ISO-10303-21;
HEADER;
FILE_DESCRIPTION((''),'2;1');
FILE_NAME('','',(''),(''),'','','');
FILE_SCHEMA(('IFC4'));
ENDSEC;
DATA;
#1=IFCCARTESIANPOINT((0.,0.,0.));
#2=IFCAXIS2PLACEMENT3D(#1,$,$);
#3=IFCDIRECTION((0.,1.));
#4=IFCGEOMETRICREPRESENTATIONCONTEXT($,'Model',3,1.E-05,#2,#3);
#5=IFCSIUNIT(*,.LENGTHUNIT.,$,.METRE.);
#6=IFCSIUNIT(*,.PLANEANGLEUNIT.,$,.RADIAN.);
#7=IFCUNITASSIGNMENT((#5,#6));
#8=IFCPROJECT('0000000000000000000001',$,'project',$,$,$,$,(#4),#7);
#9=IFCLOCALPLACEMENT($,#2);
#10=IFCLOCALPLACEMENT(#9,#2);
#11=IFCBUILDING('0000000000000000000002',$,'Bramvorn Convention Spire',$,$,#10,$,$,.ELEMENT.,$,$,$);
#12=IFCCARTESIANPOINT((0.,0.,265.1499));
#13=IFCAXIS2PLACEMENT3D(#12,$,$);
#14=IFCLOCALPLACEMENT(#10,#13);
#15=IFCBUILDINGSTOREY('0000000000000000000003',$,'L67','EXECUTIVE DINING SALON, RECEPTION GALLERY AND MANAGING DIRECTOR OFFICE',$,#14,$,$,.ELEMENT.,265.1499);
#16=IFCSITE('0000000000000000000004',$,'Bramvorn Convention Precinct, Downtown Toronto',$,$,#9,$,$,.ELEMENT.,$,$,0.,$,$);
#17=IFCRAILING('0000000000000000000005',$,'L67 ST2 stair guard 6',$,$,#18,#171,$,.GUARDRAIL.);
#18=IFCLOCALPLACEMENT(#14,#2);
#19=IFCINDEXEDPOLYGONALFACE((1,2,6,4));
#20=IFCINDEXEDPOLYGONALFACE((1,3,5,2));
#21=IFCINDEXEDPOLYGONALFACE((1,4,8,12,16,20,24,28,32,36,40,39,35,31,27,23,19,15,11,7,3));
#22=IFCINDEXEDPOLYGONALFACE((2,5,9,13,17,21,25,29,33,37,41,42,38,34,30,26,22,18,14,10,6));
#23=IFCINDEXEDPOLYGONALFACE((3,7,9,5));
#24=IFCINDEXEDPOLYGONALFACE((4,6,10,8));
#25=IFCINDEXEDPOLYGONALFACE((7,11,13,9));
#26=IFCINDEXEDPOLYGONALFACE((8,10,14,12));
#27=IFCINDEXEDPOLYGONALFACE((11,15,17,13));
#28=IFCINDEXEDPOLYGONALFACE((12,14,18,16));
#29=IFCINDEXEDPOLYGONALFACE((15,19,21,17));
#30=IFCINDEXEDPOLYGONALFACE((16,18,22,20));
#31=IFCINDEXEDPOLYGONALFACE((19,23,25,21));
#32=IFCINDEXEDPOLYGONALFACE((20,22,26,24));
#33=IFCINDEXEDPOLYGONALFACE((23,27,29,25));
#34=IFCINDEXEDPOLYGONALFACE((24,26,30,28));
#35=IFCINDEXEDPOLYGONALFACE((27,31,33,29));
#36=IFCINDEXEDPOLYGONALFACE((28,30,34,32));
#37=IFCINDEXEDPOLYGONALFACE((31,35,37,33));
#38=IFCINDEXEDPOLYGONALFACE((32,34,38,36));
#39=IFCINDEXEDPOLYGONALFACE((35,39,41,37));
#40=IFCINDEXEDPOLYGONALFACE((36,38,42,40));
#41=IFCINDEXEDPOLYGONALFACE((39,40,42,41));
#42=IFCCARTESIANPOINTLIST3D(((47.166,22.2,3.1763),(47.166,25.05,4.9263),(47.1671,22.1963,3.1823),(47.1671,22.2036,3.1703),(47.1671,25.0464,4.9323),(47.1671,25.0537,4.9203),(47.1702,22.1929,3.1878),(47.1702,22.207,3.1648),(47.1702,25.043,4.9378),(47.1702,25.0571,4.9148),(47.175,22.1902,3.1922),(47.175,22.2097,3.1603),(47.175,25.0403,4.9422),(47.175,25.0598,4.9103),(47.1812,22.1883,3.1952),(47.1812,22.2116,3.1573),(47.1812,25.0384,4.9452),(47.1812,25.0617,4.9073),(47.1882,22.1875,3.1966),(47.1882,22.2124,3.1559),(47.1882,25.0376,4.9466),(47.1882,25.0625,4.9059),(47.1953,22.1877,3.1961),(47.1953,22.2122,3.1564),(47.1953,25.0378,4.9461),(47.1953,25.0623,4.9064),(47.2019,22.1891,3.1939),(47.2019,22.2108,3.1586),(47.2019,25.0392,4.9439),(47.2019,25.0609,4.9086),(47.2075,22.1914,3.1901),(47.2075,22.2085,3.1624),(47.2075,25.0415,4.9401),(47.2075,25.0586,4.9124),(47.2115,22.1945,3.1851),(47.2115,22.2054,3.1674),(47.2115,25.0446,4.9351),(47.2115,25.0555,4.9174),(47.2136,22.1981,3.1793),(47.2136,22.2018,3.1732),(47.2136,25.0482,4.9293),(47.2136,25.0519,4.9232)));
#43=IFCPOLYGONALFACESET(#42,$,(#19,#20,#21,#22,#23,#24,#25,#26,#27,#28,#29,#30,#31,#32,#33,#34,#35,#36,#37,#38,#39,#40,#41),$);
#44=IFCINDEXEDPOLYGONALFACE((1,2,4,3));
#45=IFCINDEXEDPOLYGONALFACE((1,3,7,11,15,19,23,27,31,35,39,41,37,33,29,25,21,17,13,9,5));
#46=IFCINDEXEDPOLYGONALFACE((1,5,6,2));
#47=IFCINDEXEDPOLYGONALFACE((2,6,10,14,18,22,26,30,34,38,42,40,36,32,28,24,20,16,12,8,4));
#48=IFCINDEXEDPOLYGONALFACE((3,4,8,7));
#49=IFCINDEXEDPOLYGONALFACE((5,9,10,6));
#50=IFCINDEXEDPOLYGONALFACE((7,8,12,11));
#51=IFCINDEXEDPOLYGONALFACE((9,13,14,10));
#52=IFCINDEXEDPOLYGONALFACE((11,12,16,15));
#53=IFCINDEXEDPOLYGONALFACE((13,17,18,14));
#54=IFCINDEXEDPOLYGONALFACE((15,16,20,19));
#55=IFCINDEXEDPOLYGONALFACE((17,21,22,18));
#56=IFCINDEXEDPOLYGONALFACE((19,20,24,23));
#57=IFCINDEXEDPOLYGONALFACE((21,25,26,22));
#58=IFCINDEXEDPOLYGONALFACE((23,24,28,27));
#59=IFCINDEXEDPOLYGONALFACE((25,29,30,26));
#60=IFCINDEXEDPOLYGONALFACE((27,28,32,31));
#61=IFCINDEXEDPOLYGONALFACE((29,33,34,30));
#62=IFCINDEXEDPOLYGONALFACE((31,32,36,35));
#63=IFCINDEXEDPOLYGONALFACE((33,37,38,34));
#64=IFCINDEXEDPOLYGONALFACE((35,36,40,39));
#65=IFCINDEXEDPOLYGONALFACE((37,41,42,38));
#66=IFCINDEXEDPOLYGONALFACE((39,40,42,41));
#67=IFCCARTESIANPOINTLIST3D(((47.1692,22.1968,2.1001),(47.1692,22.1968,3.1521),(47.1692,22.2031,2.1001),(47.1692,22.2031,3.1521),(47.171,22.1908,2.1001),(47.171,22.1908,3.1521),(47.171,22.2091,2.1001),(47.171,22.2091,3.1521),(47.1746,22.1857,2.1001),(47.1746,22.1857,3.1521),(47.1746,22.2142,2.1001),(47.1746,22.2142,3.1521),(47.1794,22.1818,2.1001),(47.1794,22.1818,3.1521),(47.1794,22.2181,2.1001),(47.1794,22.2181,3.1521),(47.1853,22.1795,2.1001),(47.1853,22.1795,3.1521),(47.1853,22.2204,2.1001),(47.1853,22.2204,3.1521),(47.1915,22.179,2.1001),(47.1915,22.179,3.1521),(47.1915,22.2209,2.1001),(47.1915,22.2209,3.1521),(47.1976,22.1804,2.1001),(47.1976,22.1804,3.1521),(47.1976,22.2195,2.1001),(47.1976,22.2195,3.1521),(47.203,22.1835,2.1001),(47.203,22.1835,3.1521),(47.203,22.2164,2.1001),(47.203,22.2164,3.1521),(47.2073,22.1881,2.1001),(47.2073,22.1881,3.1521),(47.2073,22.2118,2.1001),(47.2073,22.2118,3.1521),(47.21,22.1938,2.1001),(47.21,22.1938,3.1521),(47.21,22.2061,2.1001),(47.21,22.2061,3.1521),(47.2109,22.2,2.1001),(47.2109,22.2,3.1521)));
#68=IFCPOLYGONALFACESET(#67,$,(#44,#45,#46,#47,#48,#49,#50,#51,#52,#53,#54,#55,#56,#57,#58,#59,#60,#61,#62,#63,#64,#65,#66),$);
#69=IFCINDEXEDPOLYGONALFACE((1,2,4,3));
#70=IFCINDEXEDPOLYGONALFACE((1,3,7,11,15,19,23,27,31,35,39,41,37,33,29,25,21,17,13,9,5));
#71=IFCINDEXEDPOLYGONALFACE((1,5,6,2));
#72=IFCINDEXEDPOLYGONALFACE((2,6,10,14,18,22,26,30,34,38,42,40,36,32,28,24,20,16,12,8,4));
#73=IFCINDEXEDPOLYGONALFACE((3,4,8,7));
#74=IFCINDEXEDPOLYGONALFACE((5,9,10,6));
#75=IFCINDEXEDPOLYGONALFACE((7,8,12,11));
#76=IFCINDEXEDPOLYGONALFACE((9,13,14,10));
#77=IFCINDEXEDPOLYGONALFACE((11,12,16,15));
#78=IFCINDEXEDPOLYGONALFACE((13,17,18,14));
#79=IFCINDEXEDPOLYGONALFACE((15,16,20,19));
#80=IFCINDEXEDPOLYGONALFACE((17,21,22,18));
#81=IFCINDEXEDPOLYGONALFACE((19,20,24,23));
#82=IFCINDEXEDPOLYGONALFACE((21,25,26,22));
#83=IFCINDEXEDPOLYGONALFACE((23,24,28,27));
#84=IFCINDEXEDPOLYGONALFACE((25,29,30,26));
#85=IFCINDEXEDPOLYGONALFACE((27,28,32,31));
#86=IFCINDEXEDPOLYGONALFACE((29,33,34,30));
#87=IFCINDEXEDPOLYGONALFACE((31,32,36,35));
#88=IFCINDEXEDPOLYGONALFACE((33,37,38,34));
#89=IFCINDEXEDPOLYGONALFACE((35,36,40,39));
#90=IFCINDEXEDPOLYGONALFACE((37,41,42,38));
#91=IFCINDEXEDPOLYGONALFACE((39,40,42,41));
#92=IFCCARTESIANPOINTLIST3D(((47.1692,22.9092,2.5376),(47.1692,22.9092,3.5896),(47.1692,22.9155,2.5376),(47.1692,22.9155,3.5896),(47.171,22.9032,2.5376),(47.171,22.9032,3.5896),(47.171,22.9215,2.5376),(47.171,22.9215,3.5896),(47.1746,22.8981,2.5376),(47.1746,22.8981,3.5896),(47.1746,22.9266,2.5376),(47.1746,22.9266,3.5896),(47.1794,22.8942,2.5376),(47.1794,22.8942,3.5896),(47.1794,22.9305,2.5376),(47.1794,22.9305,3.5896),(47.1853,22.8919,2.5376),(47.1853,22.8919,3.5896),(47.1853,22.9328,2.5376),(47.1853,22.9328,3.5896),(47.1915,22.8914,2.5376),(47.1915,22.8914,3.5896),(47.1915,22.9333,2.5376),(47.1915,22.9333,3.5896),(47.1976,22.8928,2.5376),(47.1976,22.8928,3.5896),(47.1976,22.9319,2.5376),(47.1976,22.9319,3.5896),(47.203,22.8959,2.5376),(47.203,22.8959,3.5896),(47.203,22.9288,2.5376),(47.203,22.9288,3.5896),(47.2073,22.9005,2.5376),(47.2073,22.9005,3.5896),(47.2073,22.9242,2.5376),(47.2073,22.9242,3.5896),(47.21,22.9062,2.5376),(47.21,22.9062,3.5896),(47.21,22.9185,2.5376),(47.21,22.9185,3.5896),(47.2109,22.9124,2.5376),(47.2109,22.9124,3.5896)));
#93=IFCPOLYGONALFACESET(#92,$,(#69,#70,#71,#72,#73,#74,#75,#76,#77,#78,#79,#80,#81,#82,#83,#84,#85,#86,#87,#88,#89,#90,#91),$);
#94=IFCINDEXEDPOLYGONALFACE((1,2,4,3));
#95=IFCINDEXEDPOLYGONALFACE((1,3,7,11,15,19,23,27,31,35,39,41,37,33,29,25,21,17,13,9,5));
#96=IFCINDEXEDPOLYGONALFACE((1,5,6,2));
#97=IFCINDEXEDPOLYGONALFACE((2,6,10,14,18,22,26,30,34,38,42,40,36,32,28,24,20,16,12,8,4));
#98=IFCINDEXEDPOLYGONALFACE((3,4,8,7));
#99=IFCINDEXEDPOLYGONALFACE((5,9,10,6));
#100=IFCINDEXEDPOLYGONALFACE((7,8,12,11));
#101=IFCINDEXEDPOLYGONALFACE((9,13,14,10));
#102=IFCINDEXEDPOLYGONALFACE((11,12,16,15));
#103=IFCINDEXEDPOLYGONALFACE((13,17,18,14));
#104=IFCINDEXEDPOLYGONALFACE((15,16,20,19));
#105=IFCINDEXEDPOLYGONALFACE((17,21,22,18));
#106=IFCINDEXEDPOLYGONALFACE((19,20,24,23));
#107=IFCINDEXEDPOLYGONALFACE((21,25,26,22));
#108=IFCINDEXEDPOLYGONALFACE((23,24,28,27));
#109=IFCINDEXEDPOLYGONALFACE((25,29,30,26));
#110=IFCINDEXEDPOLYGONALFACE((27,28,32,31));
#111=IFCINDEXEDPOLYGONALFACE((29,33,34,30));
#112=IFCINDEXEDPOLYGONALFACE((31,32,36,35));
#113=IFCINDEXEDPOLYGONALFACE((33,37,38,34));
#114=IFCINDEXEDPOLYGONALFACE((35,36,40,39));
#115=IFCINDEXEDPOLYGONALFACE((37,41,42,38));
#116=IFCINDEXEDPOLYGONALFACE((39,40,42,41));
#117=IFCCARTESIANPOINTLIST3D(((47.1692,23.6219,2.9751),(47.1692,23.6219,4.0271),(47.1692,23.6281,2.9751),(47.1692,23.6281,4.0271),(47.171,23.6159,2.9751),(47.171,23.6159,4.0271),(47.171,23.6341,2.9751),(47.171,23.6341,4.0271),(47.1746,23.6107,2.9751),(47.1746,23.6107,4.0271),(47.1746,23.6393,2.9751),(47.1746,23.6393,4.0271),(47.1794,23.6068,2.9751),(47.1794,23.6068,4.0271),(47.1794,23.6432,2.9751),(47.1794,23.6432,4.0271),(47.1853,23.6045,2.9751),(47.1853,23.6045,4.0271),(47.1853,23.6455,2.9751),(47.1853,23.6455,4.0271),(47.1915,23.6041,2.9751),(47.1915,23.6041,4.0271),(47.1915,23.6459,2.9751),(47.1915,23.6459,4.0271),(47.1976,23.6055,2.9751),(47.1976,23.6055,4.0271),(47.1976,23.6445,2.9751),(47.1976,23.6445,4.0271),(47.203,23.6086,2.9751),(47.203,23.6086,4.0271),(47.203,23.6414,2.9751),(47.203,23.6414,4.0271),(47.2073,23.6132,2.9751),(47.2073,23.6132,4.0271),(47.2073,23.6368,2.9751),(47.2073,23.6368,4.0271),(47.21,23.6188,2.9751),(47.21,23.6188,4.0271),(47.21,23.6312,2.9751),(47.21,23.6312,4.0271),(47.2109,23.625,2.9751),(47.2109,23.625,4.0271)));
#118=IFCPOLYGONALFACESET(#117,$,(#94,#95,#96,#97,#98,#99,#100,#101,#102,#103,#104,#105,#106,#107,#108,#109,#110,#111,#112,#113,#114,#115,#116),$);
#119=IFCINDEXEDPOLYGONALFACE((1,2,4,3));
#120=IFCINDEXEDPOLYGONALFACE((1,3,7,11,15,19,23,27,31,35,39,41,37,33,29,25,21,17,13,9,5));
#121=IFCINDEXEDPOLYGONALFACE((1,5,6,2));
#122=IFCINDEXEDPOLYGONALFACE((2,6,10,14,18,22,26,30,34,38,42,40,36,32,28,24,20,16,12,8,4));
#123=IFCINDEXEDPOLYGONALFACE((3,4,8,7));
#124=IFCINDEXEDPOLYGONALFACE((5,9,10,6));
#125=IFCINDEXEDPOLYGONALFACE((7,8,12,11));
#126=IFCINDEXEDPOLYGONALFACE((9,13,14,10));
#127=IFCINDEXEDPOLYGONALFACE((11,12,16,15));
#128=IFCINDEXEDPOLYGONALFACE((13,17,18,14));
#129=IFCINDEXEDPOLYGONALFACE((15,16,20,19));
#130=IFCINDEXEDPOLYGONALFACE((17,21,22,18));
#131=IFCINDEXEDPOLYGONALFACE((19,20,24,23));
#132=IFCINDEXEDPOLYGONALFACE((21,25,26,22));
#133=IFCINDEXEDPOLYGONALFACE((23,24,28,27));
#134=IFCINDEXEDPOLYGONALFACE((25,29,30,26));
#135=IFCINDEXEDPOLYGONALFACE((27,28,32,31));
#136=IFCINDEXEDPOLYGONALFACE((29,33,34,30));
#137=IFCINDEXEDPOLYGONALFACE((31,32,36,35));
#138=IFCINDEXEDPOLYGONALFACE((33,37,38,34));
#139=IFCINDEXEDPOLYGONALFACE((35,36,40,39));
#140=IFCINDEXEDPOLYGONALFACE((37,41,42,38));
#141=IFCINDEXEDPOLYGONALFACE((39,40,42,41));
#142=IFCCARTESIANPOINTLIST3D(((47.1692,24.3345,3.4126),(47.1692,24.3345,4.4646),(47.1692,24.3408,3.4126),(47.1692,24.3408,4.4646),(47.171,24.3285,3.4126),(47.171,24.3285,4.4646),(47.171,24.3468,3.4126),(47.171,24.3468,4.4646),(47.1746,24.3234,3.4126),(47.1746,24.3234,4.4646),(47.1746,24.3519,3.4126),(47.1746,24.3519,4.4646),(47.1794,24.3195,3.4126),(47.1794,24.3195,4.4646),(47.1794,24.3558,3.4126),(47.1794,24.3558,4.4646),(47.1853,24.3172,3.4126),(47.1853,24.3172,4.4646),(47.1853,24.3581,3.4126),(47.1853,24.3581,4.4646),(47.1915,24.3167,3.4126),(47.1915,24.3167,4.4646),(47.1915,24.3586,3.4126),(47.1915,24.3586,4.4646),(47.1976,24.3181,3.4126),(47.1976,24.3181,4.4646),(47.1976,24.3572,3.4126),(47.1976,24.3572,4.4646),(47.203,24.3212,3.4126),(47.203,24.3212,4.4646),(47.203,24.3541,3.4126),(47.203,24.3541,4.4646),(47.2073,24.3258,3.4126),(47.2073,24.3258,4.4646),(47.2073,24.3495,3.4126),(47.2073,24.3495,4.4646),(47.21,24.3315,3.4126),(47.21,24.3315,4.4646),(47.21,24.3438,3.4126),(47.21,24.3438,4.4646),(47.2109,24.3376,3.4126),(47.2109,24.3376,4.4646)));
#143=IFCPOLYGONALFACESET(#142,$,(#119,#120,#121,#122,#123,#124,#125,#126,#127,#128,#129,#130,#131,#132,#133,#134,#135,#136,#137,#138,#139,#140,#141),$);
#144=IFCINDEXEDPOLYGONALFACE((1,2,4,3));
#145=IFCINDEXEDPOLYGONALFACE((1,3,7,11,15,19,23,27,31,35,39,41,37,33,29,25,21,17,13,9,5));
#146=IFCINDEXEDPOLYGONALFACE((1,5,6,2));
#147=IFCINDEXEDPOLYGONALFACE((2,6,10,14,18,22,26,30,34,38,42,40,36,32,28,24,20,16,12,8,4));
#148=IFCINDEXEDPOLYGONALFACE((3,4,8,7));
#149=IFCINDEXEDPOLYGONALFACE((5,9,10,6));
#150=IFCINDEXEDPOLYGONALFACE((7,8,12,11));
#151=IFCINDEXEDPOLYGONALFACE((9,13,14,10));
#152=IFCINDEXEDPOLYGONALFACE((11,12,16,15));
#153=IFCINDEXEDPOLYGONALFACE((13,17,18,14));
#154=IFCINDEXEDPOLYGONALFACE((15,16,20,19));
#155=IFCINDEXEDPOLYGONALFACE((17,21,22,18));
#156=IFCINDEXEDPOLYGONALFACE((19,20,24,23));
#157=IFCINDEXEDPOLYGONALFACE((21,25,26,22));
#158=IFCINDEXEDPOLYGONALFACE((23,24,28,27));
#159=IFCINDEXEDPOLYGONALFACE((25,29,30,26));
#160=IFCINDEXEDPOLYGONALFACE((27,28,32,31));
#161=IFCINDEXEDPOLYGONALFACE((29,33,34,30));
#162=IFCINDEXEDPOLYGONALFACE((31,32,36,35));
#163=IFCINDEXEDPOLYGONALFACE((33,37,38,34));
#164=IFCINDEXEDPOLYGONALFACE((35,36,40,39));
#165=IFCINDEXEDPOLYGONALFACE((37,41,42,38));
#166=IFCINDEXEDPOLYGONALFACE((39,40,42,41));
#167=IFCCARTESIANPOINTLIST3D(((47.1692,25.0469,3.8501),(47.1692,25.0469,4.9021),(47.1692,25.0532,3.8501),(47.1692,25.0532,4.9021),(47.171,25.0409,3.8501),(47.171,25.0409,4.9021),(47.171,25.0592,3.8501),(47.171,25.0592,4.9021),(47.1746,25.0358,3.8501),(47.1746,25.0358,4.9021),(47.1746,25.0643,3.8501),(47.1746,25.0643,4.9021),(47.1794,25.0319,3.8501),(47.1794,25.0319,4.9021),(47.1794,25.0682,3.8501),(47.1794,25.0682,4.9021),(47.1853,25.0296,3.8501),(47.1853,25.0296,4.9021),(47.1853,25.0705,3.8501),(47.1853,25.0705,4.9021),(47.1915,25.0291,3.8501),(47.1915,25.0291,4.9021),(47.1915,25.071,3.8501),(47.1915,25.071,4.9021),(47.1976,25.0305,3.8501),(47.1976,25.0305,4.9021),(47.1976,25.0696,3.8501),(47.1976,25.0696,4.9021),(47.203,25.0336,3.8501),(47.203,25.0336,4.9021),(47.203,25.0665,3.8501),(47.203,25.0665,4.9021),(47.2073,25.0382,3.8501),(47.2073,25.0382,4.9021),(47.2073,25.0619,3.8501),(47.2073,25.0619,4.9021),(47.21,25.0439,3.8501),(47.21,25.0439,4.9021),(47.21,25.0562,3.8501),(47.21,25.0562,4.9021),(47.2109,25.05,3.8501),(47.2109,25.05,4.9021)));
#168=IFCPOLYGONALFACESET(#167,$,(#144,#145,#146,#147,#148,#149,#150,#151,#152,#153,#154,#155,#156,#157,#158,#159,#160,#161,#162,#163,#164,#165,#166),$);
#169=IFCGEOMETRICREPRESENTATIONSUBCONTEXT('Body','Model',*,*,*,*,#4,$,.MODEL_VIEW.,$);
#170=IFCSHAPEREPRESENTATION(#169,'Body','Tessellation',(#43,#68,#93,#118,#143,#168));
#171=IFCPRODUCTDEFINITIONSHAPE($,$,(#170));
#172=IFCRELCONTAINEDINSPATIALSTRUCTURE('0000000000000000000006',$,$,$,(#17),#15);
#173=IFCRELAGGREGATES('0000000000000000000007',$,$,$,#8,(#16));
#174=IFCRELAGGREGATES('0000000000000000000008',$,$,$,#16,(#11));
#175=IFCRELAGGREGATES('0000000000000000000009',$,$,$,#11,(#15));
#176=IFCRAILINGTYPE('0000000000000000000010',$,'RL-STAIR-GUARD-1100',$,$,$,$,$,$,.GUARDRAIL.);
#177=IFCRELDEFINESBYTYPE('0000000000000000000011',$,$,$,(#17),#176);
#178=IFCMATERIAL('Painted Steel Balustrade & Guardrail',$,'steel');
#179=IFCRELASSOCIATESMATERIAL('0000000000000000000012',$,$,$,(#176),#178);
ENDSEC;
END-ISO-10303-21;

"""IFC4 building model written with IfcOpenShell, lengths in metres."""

from ifc_helpers import new_model, si_unit, direction, frame, origin, origin_2d, place, context, subcontext, project, spatial, circle, extrude, material, type_object, element, save


model = new_model("IFC4")

# Units and contexts
model_context = context("Model", 3, precision=1e-05, world=origin(), true_north=direction((0.0, 1.0)))
body_context = subcontext(model_context, "Body", "Model", "MODEL_VIEW")
ifc_project = project(units=[si_unit("LENGTHUNIT", "METRE"), si_unit("PLANEANGLEUNIT", "RADIAN")], contexts=[model_context])

# Site, building, storey
site_placement = place(None, origin())
site = spatial("IfcSite", under=ifc_project, at=site_placement, Name="Bramvorn Convention Precinct, Downtown Toronto", CompositionType="ELEMENT", RefElevation=0.0)
building_placement = place(site_placement, origin())
building = spatial("IfcBuilding", under=site, at=building_placement, Name="Bramvorn Convention Spire", CompositionType="ELEMENT")
storey_placement = place(building_placement, frame((0.0, 0.0, 265.1499)))
storey = spatial("IfcBuildingStorey", under=building, at=storey_placement, Name="L67", Description="EXECUTIVE DINING SALON, RECEPTION GALLERY AND MANAGING DIRECTOR OFFICE", CompositionType="ELEMENT", Elevation=265.1499)

# Railing
ifc_material_1 = material(Name="Painted Steel Balustrade & Guardrail", Category="steel")
railing_type_1 = type_object("IfcRailingType", Name="RL-STAIR-GUARD-1100", PredefinedType="GUARDRAIL", material=ifc_material_1)
railing_1_placement = place(storey_placement, frame((47.1899, 22.2, 2.1001)))
element("IfcRailing", 1, at=railing_1_placement, inside=storey, type_object=railing_type_1, Name="L67 ST2 stair guard 6", PredefinedType="GUARDRAIL", context=body_context, shape_type="SweptSolid", body=[
    extrude(circle(Radius=0.0239, at=origin_2d()), frame((0.0, 0.0, 1.0762), z_axis=(0.0, 0.852179, 0.52325), x_axis=(-1.0, 0.0, 0.0)), (0.0, 0.0, 1.0), 3.3445),
    extrude(circle(Radius=0.021, at=origin_2d()), origin(), (0.0, 0.0, 1.0), 1.052),
    extrude(circle(Radius=0.021, at=origin_2d()), frame((0.0, 0.7124, 0.4375)), (0.0, 0.0, 1.0), 1.052),
    extrude(circle(Radius=0.021, at=origin_2d()), frame((0.0, 1.425, 0.875)), (0.0, 0.0, 1.0), 1.052),
    extrude(circle(Radius=0.021, at=origin_2d()), frame((0.0, 2.1377, 1.3125)), (0.0, 0.0, 1.0), 1.052),
    extrude(circle(Radius=0.021, at=origin_2d()), frame((0.0, 2.8501, 1.75)), (0.0, 0.0, 1.0), 1.052),
])

save(model, "model.ifc")
